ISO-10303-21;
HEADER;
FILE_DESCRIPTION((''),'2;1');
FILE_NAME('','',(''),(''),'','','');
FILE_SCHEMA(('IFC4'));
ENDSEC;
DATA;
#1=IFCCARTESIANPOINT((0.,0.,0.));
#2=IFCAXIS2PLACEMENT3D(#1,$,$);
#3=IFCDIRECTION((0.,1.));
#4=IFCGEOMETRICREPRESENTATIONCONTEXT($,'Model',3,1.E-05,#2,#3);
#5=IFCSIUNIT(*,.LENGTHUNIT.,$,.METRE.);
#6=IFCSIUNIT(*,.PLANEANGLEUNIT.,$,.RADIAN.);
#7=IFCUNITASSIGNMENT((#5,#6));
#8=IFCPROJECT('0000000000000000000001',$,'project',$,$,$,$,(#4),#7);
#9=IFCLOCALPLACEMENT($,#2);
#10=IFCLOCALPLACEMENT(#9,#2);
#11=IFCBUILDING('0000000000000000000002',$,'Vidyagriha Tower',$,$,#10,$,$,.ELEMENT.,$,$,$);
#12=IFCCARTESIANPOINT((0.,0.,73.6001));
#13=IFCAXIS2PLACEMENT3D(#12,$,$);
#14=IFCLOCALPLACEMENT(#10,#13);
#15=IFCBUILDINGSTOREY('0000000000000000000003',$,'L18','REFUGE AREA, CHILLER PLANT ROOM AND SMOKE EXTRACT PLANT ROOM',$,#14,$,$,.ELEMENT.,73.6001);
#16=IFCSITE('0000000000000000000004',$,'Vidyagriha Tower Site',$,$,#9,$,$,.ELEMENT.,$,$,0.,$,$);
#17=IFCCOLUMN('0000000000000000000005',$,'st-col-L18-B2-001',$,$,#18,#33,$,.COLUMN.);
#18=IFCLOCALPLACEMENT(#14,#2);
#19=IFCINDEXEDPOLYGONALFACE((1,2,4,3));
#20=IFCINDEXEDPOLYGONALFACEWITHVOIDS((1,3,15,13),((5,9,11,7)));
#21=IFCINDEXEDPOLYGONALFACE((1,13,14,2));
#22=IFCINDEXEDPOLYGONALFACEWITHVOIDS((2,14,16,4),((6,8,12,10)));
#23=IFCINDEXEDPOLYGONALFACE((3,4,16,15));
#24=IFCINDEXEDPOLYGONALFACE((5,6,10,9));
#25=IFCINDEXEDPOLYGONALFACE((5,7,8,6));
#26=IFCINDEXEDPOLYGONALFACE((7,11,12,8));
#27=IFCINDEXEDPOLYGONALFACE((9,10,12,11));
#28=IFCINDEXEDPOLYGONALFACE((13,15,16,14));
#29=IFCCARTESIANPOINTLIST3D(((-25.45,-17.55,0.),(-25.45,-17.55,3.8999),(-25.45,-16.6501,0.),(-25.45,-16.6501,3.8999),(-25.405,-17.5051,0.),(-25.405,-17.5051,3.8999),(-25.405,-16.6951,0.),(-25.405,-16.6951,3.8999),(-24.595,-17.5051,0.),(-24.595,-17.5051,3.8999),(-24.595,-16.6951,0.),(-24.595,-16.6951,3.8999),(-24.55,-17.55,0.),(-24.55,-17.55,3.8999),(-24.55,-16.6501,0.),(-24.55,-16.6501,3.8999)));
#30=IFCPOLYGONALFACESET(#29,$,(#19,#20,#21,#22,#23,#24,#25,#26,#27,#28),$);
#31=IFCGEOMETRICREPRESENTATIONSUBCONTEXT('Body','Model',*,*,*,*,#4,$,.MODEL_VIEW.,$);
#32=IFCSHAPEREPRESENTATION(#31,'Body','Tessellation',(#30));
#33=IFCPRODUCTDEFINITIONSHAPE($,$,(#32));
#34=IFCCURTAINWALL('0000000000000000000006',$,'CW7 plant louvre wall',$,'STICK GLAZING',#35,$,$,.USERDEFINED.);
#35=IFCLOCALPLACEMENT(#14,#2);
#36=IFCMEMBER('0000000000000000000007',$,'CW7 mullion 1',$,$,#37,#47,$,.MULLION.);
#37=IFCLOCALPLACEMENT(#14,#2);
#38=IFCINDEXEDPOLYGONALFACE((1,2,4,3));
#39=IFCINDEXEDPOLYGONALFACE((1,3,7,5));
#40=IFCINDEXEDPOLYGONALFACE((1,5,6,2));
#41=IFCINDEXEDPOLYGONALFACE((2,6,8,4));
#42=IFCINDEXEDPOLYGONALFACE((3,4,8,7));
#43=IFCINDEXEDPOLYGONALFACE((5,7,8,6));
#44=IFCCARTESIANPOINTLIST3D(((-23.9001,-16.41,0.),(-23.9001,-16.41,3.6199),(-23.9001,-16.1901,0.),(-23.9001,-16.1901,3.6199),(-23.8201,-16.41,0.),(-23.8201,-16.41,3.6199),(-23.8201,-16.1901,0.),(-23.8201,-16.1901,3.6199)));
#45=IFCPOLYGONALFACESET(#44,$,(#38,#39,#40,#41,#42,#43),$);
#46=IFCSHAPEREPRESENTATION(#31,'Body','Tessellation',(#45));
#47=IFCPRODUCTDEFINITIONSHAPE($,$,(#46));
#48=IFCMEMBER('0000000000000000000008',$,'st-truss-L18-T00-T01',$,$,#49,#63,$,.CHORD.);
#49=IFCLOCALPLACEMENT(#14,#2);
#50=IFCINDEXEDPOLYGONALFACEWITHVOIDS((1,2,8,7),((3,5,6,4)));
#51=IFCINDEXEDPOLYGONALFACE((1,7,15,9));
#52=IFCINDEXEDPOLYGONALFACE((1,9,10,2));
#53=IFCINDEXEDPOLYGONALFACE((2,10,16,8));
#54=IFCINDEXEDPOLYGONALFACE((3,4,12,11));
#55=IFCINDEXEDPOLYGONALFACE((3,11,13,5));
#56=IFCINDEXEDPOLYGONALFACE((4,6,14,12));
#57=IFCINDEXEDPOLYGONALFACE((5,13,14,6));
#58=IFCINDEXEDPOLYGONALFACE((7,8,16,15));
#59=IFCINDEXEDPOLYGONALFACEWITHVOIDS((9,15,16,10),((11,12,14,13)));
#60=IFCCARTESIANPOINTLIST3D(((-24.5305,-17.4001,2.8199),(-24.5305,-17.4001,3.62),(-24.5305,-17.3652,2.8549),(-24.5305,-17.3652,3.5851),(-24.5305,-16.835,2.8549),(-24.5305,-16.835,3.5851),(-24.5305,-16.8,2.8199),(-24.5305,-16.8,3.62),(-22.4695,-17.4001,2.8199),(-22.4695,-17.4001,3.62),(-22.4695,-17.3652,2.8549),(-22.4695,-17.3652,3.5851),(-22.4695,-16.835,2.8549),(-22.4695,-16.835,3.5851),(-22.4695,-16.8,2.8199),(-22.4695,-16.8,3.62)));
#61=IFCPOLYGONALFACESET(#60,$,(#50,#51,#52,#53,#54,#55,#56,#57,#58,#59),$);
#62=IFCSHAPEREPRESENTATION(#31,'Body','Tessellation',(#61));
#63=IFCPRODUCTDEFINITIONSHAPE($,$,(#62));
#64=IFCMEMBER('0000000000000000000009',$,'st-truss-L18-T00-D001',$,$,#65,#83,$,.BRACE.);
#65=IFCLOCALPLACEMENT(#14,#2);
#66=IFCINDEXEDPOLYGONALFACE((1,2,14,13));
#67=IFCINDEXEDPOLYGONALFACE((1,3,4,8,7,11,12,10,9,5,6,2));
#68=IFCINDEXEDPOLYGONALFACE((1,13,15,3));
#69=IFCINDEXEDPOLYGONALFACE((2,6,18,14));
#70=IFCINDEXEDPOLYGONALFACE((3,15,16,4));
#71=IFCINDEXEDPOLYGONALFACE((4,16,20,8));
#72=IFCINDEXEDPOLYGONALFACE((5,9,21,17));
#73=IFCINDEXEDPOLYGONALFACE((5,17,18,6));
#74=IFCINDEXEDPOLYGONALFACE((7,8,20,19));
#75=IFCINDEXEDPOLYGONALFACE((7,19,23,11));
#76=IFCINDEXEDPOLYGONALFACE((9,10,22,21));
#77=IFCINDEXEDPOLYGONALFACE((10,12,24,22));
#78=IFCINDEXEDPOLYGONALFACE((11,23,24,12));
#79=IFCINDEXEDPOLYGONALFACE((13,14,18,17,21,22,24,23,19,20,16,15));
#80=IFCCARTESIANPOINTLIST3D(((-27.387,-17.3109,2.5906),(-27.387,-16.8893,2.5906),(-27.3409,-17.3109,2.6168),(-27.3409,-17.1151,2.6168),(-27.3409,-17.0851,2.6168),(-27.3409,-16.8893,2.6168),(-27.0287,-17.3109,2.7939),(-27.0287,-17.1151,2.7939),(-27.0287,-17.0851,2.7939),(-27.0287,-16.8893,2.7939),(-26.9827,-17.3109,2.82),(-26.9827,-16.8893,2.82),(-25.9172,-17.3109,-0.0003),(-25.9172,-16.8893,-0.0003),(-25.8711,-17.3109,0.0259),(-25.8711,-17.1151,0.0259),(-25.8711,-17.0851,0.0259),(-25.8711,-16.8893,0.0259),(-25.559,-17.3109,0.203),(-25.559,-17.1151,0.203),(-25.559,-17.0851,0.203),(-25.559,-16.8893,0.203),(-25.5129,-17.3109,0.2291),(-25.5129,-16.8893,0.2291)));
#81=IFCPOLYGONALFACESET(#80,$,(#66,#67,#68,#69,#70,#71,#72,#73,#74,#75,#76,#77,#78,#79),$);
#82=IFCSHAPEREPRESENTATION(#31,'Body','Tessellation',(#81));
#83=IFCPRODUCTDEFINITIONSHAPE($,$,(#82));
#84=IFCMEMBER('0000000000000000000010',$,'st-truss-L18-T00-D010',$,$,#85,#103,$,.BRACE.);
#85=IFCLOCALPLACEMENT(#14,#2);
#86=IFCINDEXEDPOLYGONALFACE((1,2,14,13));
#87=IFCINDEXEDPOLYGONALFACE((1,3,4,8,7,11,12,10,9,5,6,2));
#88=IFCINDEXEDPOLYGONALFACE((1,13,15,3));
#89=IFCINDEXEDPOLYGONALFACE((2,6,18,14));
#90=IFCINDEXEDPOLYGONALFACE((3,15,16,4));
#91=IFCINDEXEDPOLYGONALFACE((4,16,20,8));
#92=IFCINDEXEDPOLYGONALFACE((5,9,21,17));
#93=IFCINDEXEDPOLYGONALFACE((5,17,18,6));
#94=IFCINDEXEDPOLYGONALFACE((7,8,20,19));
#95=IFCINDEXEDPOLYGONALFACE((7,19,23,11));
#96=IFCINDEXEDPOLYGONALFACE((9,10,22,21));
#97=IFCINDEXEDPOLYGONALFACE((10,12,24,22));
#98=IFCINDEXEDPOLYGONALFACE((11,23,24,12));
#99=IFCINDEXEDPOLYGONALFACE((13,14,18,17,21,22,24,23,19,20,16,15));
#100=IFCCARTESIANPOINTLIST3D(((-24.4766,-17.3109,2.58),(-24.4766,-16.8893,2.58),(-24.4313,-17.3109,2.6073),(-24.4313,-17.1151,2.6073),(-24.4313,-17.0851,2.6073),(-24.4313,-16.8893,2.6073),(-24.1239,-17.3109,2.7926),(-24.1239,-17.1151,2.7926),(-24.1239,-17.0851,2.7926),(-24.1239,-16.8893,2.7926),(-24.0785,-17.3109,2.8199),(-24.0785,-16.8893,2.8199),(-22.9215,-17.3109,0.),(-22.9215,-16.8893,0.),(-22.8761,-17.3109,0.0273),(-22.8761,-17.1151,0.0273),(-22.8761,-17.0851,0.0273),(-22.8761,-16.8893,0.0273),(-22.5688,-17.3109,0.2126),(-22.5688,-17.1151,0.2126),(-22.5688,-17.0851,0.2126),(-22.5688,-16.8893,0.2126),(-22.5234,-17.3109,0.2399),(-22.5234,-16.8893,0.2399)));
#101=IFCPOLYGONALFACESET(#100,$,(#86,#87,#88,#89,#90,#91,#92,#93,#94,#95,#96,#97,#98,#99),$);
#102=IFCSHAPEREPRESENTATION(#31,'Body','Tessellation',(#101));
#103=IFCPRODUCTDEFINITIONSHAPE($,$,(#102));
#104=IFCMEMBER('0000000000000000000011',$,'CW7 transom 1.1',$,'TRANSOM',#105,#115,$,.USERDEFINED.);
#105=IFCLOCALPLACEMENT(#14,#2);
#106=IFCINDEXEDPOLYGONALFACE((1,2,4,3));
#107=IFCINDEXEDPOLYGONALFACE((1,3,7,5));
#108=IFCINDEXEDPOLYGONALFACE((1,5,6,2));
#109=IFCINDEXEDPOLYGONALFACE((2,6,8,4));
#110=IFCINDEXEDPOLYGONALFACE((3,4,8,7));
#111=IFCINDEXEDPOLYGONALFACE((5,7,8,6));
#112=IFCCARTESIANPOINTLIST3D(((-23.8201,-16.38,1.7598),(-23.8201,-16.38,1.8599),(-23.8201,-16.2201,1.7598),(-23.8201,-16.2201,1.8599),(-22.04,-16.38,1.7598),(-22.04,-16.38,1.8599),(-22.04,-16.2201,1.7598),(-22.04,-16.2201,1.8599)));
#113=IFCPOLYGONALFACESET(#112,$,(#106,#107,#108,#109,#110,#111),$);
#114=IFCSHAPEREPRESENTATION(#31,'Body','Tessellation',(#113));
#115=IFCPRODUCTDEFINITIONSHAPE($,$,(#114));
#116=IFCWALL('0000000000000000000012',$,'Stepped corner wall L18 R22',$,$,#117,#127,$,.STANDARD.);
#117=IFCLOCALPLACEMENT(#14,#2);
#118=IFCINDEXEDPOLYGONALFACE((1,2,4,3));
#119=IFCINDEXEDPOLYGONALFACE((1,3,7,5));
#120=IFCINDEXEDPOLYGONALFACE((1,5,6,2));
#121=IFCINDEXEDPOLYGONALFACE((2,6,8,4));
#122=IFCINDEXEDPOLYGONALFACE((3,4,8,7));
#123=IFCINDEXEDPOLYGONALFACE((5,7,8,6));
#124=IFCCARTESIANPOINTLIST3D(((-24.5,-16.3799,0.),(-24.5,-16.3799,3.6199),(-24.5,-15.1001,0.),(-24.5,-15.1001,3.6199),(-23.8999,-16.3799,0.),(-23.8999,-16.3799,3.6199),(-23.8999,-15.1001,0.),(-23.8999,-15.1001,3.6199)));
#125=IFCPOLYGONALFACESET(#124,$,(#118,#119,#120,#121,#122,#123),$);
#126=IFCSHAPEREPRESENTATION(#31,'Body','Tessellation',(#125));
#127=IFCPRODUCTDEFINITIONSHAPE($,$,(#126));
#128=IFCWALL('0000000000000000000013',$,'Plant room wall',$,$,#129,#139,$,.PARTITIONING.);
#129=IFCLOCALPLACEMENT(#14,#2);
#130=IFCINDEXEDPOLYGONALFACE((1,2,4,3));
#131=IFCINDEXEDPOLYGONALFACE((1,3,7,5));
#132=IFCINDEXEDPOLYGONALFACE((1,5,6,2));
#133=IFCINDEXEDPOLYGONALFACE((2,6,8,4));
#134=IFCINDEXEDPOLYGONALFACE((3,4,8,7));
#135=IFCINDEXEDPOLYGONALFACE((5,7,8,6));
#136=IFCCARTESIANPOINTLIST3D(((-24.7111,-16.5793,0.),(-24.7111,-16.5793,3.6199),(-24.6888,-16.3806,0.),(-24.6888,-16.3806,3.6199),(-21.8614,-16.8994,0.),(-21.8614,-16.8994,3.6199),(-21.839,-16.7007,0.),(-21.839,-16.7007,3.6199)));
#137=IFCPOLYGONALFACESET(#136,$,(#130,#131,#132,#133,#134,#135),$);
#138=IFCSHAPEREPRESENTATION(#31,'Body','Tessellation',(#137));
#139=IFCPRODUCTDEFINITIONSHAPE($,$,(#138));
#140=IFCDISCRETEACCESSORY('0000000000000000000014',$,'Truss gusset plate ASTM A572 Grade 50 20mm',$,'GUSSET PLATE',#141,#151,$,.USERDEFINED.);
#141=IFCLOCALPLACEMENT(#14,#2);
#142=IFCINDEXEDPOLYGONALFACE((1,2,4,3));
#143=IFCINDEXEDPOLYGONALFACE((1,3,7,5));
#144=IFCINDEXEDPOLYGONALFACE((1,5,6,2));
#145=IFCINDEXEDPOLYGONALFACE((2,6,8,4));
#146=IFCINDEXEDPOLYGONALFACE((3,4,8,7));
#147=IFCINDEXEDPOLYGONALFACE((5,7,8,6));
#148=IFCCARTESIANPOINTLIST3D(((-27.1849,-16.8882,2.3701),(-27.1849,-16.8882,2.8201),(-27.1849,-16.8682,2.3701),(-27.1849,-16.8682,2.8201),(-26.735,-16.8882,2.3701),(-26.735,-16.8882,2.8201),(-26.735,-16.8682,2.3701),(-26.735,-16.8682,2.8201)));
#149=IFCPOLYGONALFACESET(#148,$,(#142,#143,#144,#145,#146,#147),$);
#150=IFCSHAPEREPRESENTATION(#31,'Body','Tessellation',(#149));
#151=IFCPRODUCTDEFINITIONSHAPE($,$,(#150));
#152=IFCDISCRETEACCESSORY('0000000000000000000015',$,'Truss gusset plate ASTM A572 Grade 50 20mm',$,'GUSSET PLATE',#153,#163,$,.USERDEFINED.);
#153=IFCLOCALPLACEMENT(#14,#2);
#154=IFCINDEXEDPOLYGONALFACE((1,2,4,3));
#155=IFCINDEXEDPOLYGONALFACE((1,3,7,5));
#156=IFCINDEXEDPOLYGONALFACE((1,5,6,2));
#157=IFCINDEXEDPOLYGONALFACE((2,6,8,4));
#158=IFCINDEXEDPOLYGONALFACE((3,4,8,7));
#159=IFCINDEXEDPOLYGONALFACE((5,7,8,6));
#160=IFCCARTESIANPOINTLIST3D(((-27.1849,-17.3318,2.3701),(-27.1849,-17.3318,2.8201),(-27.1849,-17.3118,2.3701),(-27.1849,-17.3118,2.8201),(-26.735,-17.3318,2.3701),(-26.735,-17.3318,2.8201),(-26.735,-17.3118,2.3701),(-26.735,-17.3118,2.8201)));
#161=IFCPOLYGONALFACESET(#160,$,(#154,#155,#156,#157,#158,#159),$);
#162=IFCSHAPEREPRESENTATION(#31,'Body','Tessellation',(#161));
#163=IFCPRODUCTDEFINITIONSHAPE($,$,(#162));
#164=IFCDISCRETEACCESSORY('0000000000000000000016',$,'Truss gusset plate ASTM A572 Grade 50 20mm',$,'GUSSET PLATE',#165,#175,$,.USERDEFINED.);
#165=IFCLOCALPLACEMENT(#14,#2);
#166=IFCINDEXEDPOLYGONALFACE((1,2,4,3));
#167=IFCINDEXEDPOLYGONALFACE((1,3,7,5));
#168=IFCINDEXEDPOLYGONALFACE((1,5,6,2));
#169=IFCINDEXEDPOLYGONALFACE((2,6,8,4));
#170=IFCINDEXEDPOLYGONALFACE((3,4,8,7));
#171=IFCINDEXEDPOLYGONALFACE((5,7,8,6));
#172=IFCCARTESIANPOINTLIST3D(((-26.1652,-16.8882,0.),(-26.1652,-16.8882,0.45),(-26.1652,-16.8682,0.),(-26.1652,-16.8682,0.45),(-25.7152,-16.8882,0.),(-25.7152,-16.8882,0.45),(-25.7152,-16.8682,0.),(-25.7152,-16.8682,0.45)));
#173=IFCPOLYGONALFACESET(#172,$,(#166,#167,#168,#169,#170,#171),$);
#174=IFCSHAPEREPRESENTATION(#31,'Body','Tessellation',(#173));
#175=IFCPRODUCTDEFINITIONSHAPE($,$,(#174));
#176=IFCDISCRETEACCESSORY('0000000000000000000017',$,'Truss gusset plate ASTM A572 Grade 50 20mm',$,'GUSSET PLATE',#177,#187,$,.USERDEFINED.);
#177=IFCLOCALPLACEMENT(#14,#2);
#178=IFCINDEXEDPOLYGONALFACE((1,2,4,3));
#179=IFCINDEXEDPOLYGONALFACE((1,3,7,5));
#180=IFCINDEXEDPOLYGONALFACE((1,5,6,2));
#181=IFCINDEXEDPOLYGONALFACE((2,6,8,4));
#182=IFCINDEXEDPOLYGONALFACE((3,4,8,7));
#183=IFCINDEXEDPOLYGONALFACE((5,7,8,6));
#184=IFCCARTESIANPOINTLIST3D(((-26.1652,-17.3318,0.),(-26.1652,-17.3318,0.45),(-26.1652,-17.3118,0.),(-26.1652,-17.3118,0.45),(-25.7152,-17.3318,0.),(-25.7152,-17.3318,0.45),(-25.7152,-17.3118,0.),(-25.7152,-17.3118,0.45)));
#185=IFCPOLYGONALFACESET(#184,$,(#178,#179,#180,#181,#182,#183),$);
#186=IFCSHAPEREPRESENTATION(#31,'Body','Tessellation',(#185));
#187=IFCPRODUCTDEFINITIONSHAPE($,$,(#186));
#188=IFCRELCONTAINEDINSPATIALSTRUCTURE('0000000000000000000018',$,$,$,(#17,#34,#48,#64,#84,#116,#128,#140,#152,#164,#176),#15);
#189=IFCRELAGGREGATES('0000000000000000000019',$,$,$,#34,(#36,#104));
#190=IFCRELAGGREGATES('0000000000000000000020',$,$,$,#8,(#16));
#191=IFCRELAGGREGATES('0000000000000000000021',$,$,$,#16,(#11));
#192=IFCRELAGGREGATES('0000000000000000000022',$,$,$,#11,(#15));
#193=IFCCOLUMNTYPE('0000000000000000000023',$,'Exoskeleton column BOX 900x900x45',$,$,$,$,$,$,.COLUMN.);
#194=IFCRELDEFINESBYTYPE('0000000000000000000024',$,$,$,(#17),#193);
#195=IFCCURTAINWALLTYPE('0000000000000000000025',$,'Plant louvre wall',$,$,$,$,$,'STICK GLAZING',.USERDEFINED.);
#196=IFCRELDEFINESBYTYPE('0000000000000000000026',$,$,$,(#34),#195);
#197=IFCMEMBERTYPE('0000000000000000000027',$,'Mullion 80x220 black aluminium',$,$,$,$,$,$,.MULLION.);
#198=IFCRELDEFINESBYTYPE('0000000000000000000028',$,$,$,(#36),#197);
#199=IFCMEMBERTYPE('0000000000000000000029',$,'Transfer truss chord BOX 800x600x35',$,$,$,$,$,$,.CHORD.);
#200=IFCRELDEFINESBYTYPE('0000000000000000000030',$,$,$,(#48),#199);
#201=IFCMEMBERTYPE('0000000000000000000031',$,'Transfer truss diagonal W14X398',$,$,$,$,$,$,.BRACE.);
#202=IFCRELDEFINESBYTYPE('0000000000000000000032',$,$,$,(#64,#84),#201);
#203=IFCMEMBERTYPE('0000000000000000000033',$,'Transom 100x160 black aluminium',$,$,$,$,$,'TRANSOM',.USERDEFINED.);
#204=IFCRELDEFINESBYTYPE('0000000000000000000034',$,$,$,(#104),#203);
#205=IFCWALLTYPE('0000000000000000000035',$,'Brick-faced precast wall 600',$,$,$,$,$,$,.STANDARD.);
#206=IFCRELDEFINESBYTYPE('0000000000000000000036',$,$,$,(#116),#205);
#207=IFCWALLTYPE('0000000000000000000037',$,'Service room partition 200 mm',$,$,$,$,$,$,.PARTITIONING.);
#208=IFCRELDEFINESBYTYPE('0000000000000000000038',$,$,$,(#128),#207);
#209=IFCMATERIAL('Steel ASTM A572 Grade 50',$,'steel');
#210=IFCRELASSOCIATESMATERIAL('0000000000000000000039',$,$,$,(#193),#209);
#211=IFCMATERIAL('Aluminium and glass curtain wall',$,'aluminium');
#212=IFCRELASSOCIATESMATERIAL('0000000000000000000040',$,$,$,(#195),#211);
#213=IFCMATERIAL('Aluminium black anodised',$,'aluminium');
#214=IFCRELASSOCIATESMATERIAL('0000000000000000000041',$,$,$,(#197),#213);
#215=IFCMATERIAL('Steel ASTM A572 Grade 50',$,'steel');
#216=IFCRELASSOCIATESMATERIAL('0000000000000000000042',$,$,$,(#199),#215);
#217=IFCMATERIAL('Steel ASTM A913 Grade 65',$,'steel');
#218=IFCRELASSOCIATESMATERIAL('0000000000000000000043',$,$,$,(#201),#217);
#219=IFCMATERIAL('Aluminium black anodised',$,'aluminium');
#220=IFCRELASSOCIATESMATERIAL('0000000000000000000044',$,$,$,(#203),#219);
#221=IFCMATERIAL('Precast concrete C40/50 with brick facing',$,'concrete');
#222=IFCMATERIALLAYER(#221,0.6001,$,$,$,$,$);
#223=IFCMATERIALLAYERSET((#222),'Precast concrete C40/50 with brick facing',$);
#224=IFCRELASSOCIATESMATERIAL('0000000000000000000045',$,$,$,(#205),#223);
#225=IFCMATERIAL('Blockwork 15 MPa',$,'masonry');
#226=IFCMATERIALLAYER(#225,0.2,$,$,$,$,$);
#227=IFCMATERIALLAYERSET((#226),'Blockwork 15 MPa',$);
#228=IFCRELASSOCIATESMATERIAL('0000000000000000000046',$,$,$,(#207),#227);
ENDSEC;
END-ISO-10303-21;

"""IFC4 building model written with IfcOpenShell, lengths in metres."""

from ifc_helpers import new_model, si_unit, direction, frame, frame_2d, origin, origin_2d, place, context, subcontext, project, spatial, rectangle, hollow_rectangle, i_section, extrude, material, layer, layer_set, material_profile, profile_set, type_object, element, aggregate, save


model = new_model("IFC4")

# Units and contexts
model_context = context("Model", 3, precision=1e-05, world=origin(), true_north=direction((0.0, 1.0)))
body_context = subcontext(model_context, "Body", "Model", "MODEL_VIEW")
ifc_project = project(units=[si_unit("LENGTHUNIT", "METRE"), si_unit("PLANEANGLEUNIT", "RADIAN")], contexts=[model_context])

# Site, building, storey
site_placement = place(None, origin())
site = spatial("IfcSite", under=ifc_project, at=site_placement, Name="Vidyagriha Tower Site", CompositionType="ELEMENT", RefElevation=0.0)
building_placement = place(site_placement, origin())
building = spatial("IfcBuilding", under=site, at=building_placement, Name="Vidyagriha Tower", CompositionType="ELEMENT")
storey_placement = place(building_placement, frame((0.0, 0.0, 73.6001)))
storey = spatial("IfcBuildingStorey", under=building, at=storey_placement, Name="L18", Description="REFUGE AREA, CHILLER PLANT ROOM AND SMOKE EXTRACT PLANT ROOM", CompositionType="ELEMENT", Elevation=73.6001)

# Column
ifc_material_1 = material(Name="Steel ASTM A572 Grade 50", Category="steel")
ifc_material_profile_1 = material_profile(ifc_material_1, hollow_rectangle(XDim=0.8999, YDim=0.8999, WallThickness=0.0449, at=origin_2d()), Name="BOX 900x900x45")
ifc_profile_set_1 = profile_set([ifc_material_profile_1], Name="Steel ASTM A572 Grade 50")
column_type = type_object("IfcColumnType", Name="Exoskeleton column BOX 900x900x45", PredefinedType="COLUMN", material=ifc_profile_set_1)
column_placement = place(storey_placement, frame((-25.0, -17.1001, 0.0)))
element("IfcColumn", 1, at=column_placement, inside=storey, type_object=column_type, Name="st-col-L18-B2-001", PredefinedType="COLUMN", context=body_context, shape_type="SweptSolid", body=[
    extrude(hollow_rectangle(XDim=0.8999, YDim=0.8999, WallThickness=0.0449, at=origin_2d()), origin(), (0.0, 0.0, 1.0), 3.8999),
])

# Curtain wall, member
ifc_material_2 = material(Name="Aluminium and glass curtain wall", Category="aluminium")
curtain_wall_type = type_object("IfcCurtainWallType", Name="Plant louvre wall", ElementType="STICK GLAZING", PredefinedType="USERDEFINED", material=ifc_material_2)
curtain_wall_placement = place(storey_placement, origin())
curtain_wall = element("IfcCurtainWall", 2, at=curtain_wall_placement, inside=storey, type_object=curtain_wall_type, Name="CW7 plant louvre wall", ObjectType="STICK GLAZING", PredefinedType="USERDEFINED")
ifc_material_3 = material(Name="Aluminium black anodised", Category="aluminium")
ifc_material_profile_2 = material_profile(ifc_material_3, rectangle(XDim=0.22, YDim=0.0801, at=origin_2d()), Name="Mullion 80x220 black aluminium")
ifc_profile_set_2 = profile_set([ifc_material_profile_2], Name="Aluminium black anodised")
member_type_1 = type_object("IfcMemberType", Name="Mullion 80x220 black aluminium", PredefinedType="MULLION", material=ifc_profile_set_2)
member_1_placement = place(storey_placement, frame((-23.8601, -16.3, 0.0), z_axis=(0.0, 0.0, 1.0), x_axis=(0.0, 1.0, 0.0)))
member_1 = element("IfcMember", 3, at=member_1_placement, type_object=member_type_1, Name="CW7 mullion 1", PredefinedType="MULLION", context=body_context, shape_type="SweptSolid", body=[
    extrude(rectangle(XDim=0.22, YDim=0.0801, at=origin_2d()), origin(), (0.0, 0.0, 1.0), 3.6199),
])

# Members
ifc_material_4 = material(Name="Steel ASTM A572 Grade 50", Category="steel")
ifc_material_profile_3 = material_profile(ifc_material_4, hollow_rectangle(XDim=0.6001, YDim=0.8, WallThickness=0.0349, at=origin_2d()), Name="BOX 800x600x35")
ifc_profile_set_3 = profile_set([ifc_material_profile_3], Name="Steel ASTM A572 Grade 50")
member_type_2 = type_object("IfcMemberType", Name="Transfer truss chord BOX 800x600x35", PredefinedType="CHORD", material=ifc_profile_set_3)
member_2_placement = place(storey_placement, frame((-24.5305, -17.1001, 3.22), z_axis=(1.0, 0.0, 0.0), x_axis=(0.0, 1.0, 0.0)))
element("IfcMember", 4, at=member_2_placement, inside=storey, type_object=member_type_2, Name="st-truss-L18-T00-T01", PredefinedType="CHORD", context=body_context, shape_type="SweptSolid", body=[
    extrude(hollow_rectangle(XDim=0.6001, YDim=0.8, WallThickness=0.0349, at=origin_2d()), origin(), (0.0, 0.0, 1.0), 2.061),
])
ifc_material_5 = material(Name="Steel ASTM A913 Grade 65", Category="steel")
ifc_material_profile_4 = material_profile(ifc_material_5, i_section(OverallWidth=0.4216, OverallDepth=0.4648, WebThickness=0.03, FlangeThickness=0.053, at=origin_2d()), Name="W14X398")
ifc_profile_set_4 = profile_set([ifc_material_profile_4], Name="Steel ASTM A913 Grade 65")
member_type_3 = type_object("IfcMemberType", Name="Transfer truss diagonal W14X398", PredefinedType="BRACE", material=ifc_profile_set_4)
member_3_placement = place(storey_placement, frame((-27.1848, -17.1001, 2.7053), z_axis=(0.493418, 0.0, -0.869792), x_axis=(0.0, 1.0, 0.0)))
element("IfcMember", 5, at=member_3_placement, inside=storey, type_object=member_type_3, Name="st-truss-L18-T00-D001", PredefinedType="BRACE", context=body_context, shape_type="SweptSolid", body=[
    extrude(i_section(OverallWidth=0.4216, OverallDepth=0.4648, WebThickness=0.03, FlangeThickness=0.053, at=origin_2d()), origin(), (0.0, 0.0, 1.0), 2.9788),
])
member_4_placement = place(storey_placement, frame((-24.2776, -17.1001, 2.7), z_axis=(0.516235, 0.0, -0.856447), x_axis=(0.0, 1.0, 0.0)))
element("IfcMember", 6, at=member_4_placement, inside=storey, type_object=member_type_3, Name="st-truss-L18-T00-D010", PredefinedType="BRACE", context=body_context, shape_type="SweptSolid", body=[
    extrude(i_section(OverallWidth=0.4216, OverallDepth=0.4648, WebThickness=0.03, FlangeThickness=0.053, at=origin_2d()), origin(), (0.0, 0.0, 1.0), 3.0125),
])

# Member
ifc_material_6 = material(Name="Aluminium black anodised", Category="aluminium")
ifc_material_profile_5 = material_profile(ifc_material_6, rectangle(XDim=0.1599, YDim=0.1001, at=origin_2d()), Name="Transom 100x160 black aluminium")
ifc_profile_set_5 = profile_set([ifc_material_profile_5], Name="Aluminium black anodised")
member_type_4 = type_object("IfcMemberType", Name="Transom 100x160 black aluminium", ElementType="TRANSOM", PredefinedType="USERDEFINED", material=ifc_profile_set_5)
member_5_placement = place(storey_placement, frame((-23.8201, -16.3, 1.8098), z_axis=(1.0, 0.0, 0.0), x_axis=(0.0, 1.0, 0.0)))
member_5 = element("IfcMember", 7, at=member_5_placement, type_object=member_type_4, Name="CW7 transom 1.1", ObjectType="TRANSOM", PredefinedType="USERDEFINED", context=body_context, shape_type="SweptSolid", body=[
    extrude(rectangle(XDim=0.1599, YDim=0.1001, at=origin_2d()), origin(), (0.0, 0.0, 1.0), 1.78),
])
aggregate(curtain_wall, [member_1, member_5])

# Walls
ifc_material_7 = material(Name="Precast concrete C40/50 with brick facing", Category="concrete")
ifc_layer_1 = layer(ifc_material_7, 0.6001)
ifc_layer_set_1 = layer_set([ifc_layer_1], Name="Precast concrete C40/50 with brick facing")
wall_type_1 = type_object("IfcWallType", Name="Brick-faced precast wall 600", PredefinedType="STANDARD", material=ifc_layer_set_1)
wall_1_placement = place(storey_placement, frame((-24.2, -15.1001, 0.0), z_axis=(0.0, 0.0, 1.0), x_axis=(0.0, -1.0, 0.0)))
element("IfcWall", 8, at=wall_1_placement, inside=storey, type_object=wall_type_1, Name="Stepped corner wall L18 R22", PredefinedType="STANDARD", context=body_context, shape_type="SweptSolid", body=[
    extrude(rectangle(XDim=1.2798, YDim=0.6001, at=frame_2d((0.6399, 0.0))), origin(), (0.0, 0.0, 1.0), 3.6199),
])
ifc_material_8 = material(Name="Blockwork 15 MPa", Category="masonry")
ifc_layer_2 = layer(ifc_material_8, 0.2)
ifc_layer_set_2 = layer_set([ifc_layer_2], Name="Blockwork 15 MPa")
wall_type_2 = type_object("IfcWallType", Name="Service room partition 200 mm", PredefinedType="PARTITIONING", material=ifc_layer_set_2)
wall_2_placement = place(storey_placement, frame((-24.7, -16.48, 0.0), z_axis=(0.0, 0.0, 1.0), x_axis=(0.993752, -0.111609, 0.0)))
element("IfcWall", 9, at=wall_2_placement, inside=storey, type_object=wall_type_2, Name="Plant room wall", PredefinedType="PARTITIONING", context=body_context, shape_type="SweptSolid", body=[
    extrude(rectangle(XDim=2.8677, YDim=0.2, at=frame_2d((1.4338, 0.0))), origin(), (0.0, 0.0, 1.0), 3.6199),
])

# Discrete accessories
for number, where, name in (
    (10, (-26.96, -16.8782, 2.3701), "Truss gusset plate ASTM A572 Grade 50 20mm"),
    (11, (-26.96, -17.3218, 2.3701), "Truss gusset plate ASTM A572 Grade 50 20mm"),
    (12, (-25.9402, -16.8782, 0.0), "Truss gusset plate ASTM A572 Grade 50 20mm"),
    (13, (-25.9402, -17.3218, 0.0), "Truss gusset plate ASTM A572 Grade 50 20mm"),
):
    element("IfcDiscreteAccessory", number, at=place(storey_placement, frame(where)), inside=storey, Name=name, ObjectType="GUSSET PLATE", PredefinedType="USERDEFINED", context=body_context, shape_type="SweptSolid", body=[
        extrude(rectangle(XDim=0.45, YDim=0.02, at=origin_2d()), origin(), (0.0, 0.0, 1.0), 0.45),
    ])

save(model, "model.ifc")
